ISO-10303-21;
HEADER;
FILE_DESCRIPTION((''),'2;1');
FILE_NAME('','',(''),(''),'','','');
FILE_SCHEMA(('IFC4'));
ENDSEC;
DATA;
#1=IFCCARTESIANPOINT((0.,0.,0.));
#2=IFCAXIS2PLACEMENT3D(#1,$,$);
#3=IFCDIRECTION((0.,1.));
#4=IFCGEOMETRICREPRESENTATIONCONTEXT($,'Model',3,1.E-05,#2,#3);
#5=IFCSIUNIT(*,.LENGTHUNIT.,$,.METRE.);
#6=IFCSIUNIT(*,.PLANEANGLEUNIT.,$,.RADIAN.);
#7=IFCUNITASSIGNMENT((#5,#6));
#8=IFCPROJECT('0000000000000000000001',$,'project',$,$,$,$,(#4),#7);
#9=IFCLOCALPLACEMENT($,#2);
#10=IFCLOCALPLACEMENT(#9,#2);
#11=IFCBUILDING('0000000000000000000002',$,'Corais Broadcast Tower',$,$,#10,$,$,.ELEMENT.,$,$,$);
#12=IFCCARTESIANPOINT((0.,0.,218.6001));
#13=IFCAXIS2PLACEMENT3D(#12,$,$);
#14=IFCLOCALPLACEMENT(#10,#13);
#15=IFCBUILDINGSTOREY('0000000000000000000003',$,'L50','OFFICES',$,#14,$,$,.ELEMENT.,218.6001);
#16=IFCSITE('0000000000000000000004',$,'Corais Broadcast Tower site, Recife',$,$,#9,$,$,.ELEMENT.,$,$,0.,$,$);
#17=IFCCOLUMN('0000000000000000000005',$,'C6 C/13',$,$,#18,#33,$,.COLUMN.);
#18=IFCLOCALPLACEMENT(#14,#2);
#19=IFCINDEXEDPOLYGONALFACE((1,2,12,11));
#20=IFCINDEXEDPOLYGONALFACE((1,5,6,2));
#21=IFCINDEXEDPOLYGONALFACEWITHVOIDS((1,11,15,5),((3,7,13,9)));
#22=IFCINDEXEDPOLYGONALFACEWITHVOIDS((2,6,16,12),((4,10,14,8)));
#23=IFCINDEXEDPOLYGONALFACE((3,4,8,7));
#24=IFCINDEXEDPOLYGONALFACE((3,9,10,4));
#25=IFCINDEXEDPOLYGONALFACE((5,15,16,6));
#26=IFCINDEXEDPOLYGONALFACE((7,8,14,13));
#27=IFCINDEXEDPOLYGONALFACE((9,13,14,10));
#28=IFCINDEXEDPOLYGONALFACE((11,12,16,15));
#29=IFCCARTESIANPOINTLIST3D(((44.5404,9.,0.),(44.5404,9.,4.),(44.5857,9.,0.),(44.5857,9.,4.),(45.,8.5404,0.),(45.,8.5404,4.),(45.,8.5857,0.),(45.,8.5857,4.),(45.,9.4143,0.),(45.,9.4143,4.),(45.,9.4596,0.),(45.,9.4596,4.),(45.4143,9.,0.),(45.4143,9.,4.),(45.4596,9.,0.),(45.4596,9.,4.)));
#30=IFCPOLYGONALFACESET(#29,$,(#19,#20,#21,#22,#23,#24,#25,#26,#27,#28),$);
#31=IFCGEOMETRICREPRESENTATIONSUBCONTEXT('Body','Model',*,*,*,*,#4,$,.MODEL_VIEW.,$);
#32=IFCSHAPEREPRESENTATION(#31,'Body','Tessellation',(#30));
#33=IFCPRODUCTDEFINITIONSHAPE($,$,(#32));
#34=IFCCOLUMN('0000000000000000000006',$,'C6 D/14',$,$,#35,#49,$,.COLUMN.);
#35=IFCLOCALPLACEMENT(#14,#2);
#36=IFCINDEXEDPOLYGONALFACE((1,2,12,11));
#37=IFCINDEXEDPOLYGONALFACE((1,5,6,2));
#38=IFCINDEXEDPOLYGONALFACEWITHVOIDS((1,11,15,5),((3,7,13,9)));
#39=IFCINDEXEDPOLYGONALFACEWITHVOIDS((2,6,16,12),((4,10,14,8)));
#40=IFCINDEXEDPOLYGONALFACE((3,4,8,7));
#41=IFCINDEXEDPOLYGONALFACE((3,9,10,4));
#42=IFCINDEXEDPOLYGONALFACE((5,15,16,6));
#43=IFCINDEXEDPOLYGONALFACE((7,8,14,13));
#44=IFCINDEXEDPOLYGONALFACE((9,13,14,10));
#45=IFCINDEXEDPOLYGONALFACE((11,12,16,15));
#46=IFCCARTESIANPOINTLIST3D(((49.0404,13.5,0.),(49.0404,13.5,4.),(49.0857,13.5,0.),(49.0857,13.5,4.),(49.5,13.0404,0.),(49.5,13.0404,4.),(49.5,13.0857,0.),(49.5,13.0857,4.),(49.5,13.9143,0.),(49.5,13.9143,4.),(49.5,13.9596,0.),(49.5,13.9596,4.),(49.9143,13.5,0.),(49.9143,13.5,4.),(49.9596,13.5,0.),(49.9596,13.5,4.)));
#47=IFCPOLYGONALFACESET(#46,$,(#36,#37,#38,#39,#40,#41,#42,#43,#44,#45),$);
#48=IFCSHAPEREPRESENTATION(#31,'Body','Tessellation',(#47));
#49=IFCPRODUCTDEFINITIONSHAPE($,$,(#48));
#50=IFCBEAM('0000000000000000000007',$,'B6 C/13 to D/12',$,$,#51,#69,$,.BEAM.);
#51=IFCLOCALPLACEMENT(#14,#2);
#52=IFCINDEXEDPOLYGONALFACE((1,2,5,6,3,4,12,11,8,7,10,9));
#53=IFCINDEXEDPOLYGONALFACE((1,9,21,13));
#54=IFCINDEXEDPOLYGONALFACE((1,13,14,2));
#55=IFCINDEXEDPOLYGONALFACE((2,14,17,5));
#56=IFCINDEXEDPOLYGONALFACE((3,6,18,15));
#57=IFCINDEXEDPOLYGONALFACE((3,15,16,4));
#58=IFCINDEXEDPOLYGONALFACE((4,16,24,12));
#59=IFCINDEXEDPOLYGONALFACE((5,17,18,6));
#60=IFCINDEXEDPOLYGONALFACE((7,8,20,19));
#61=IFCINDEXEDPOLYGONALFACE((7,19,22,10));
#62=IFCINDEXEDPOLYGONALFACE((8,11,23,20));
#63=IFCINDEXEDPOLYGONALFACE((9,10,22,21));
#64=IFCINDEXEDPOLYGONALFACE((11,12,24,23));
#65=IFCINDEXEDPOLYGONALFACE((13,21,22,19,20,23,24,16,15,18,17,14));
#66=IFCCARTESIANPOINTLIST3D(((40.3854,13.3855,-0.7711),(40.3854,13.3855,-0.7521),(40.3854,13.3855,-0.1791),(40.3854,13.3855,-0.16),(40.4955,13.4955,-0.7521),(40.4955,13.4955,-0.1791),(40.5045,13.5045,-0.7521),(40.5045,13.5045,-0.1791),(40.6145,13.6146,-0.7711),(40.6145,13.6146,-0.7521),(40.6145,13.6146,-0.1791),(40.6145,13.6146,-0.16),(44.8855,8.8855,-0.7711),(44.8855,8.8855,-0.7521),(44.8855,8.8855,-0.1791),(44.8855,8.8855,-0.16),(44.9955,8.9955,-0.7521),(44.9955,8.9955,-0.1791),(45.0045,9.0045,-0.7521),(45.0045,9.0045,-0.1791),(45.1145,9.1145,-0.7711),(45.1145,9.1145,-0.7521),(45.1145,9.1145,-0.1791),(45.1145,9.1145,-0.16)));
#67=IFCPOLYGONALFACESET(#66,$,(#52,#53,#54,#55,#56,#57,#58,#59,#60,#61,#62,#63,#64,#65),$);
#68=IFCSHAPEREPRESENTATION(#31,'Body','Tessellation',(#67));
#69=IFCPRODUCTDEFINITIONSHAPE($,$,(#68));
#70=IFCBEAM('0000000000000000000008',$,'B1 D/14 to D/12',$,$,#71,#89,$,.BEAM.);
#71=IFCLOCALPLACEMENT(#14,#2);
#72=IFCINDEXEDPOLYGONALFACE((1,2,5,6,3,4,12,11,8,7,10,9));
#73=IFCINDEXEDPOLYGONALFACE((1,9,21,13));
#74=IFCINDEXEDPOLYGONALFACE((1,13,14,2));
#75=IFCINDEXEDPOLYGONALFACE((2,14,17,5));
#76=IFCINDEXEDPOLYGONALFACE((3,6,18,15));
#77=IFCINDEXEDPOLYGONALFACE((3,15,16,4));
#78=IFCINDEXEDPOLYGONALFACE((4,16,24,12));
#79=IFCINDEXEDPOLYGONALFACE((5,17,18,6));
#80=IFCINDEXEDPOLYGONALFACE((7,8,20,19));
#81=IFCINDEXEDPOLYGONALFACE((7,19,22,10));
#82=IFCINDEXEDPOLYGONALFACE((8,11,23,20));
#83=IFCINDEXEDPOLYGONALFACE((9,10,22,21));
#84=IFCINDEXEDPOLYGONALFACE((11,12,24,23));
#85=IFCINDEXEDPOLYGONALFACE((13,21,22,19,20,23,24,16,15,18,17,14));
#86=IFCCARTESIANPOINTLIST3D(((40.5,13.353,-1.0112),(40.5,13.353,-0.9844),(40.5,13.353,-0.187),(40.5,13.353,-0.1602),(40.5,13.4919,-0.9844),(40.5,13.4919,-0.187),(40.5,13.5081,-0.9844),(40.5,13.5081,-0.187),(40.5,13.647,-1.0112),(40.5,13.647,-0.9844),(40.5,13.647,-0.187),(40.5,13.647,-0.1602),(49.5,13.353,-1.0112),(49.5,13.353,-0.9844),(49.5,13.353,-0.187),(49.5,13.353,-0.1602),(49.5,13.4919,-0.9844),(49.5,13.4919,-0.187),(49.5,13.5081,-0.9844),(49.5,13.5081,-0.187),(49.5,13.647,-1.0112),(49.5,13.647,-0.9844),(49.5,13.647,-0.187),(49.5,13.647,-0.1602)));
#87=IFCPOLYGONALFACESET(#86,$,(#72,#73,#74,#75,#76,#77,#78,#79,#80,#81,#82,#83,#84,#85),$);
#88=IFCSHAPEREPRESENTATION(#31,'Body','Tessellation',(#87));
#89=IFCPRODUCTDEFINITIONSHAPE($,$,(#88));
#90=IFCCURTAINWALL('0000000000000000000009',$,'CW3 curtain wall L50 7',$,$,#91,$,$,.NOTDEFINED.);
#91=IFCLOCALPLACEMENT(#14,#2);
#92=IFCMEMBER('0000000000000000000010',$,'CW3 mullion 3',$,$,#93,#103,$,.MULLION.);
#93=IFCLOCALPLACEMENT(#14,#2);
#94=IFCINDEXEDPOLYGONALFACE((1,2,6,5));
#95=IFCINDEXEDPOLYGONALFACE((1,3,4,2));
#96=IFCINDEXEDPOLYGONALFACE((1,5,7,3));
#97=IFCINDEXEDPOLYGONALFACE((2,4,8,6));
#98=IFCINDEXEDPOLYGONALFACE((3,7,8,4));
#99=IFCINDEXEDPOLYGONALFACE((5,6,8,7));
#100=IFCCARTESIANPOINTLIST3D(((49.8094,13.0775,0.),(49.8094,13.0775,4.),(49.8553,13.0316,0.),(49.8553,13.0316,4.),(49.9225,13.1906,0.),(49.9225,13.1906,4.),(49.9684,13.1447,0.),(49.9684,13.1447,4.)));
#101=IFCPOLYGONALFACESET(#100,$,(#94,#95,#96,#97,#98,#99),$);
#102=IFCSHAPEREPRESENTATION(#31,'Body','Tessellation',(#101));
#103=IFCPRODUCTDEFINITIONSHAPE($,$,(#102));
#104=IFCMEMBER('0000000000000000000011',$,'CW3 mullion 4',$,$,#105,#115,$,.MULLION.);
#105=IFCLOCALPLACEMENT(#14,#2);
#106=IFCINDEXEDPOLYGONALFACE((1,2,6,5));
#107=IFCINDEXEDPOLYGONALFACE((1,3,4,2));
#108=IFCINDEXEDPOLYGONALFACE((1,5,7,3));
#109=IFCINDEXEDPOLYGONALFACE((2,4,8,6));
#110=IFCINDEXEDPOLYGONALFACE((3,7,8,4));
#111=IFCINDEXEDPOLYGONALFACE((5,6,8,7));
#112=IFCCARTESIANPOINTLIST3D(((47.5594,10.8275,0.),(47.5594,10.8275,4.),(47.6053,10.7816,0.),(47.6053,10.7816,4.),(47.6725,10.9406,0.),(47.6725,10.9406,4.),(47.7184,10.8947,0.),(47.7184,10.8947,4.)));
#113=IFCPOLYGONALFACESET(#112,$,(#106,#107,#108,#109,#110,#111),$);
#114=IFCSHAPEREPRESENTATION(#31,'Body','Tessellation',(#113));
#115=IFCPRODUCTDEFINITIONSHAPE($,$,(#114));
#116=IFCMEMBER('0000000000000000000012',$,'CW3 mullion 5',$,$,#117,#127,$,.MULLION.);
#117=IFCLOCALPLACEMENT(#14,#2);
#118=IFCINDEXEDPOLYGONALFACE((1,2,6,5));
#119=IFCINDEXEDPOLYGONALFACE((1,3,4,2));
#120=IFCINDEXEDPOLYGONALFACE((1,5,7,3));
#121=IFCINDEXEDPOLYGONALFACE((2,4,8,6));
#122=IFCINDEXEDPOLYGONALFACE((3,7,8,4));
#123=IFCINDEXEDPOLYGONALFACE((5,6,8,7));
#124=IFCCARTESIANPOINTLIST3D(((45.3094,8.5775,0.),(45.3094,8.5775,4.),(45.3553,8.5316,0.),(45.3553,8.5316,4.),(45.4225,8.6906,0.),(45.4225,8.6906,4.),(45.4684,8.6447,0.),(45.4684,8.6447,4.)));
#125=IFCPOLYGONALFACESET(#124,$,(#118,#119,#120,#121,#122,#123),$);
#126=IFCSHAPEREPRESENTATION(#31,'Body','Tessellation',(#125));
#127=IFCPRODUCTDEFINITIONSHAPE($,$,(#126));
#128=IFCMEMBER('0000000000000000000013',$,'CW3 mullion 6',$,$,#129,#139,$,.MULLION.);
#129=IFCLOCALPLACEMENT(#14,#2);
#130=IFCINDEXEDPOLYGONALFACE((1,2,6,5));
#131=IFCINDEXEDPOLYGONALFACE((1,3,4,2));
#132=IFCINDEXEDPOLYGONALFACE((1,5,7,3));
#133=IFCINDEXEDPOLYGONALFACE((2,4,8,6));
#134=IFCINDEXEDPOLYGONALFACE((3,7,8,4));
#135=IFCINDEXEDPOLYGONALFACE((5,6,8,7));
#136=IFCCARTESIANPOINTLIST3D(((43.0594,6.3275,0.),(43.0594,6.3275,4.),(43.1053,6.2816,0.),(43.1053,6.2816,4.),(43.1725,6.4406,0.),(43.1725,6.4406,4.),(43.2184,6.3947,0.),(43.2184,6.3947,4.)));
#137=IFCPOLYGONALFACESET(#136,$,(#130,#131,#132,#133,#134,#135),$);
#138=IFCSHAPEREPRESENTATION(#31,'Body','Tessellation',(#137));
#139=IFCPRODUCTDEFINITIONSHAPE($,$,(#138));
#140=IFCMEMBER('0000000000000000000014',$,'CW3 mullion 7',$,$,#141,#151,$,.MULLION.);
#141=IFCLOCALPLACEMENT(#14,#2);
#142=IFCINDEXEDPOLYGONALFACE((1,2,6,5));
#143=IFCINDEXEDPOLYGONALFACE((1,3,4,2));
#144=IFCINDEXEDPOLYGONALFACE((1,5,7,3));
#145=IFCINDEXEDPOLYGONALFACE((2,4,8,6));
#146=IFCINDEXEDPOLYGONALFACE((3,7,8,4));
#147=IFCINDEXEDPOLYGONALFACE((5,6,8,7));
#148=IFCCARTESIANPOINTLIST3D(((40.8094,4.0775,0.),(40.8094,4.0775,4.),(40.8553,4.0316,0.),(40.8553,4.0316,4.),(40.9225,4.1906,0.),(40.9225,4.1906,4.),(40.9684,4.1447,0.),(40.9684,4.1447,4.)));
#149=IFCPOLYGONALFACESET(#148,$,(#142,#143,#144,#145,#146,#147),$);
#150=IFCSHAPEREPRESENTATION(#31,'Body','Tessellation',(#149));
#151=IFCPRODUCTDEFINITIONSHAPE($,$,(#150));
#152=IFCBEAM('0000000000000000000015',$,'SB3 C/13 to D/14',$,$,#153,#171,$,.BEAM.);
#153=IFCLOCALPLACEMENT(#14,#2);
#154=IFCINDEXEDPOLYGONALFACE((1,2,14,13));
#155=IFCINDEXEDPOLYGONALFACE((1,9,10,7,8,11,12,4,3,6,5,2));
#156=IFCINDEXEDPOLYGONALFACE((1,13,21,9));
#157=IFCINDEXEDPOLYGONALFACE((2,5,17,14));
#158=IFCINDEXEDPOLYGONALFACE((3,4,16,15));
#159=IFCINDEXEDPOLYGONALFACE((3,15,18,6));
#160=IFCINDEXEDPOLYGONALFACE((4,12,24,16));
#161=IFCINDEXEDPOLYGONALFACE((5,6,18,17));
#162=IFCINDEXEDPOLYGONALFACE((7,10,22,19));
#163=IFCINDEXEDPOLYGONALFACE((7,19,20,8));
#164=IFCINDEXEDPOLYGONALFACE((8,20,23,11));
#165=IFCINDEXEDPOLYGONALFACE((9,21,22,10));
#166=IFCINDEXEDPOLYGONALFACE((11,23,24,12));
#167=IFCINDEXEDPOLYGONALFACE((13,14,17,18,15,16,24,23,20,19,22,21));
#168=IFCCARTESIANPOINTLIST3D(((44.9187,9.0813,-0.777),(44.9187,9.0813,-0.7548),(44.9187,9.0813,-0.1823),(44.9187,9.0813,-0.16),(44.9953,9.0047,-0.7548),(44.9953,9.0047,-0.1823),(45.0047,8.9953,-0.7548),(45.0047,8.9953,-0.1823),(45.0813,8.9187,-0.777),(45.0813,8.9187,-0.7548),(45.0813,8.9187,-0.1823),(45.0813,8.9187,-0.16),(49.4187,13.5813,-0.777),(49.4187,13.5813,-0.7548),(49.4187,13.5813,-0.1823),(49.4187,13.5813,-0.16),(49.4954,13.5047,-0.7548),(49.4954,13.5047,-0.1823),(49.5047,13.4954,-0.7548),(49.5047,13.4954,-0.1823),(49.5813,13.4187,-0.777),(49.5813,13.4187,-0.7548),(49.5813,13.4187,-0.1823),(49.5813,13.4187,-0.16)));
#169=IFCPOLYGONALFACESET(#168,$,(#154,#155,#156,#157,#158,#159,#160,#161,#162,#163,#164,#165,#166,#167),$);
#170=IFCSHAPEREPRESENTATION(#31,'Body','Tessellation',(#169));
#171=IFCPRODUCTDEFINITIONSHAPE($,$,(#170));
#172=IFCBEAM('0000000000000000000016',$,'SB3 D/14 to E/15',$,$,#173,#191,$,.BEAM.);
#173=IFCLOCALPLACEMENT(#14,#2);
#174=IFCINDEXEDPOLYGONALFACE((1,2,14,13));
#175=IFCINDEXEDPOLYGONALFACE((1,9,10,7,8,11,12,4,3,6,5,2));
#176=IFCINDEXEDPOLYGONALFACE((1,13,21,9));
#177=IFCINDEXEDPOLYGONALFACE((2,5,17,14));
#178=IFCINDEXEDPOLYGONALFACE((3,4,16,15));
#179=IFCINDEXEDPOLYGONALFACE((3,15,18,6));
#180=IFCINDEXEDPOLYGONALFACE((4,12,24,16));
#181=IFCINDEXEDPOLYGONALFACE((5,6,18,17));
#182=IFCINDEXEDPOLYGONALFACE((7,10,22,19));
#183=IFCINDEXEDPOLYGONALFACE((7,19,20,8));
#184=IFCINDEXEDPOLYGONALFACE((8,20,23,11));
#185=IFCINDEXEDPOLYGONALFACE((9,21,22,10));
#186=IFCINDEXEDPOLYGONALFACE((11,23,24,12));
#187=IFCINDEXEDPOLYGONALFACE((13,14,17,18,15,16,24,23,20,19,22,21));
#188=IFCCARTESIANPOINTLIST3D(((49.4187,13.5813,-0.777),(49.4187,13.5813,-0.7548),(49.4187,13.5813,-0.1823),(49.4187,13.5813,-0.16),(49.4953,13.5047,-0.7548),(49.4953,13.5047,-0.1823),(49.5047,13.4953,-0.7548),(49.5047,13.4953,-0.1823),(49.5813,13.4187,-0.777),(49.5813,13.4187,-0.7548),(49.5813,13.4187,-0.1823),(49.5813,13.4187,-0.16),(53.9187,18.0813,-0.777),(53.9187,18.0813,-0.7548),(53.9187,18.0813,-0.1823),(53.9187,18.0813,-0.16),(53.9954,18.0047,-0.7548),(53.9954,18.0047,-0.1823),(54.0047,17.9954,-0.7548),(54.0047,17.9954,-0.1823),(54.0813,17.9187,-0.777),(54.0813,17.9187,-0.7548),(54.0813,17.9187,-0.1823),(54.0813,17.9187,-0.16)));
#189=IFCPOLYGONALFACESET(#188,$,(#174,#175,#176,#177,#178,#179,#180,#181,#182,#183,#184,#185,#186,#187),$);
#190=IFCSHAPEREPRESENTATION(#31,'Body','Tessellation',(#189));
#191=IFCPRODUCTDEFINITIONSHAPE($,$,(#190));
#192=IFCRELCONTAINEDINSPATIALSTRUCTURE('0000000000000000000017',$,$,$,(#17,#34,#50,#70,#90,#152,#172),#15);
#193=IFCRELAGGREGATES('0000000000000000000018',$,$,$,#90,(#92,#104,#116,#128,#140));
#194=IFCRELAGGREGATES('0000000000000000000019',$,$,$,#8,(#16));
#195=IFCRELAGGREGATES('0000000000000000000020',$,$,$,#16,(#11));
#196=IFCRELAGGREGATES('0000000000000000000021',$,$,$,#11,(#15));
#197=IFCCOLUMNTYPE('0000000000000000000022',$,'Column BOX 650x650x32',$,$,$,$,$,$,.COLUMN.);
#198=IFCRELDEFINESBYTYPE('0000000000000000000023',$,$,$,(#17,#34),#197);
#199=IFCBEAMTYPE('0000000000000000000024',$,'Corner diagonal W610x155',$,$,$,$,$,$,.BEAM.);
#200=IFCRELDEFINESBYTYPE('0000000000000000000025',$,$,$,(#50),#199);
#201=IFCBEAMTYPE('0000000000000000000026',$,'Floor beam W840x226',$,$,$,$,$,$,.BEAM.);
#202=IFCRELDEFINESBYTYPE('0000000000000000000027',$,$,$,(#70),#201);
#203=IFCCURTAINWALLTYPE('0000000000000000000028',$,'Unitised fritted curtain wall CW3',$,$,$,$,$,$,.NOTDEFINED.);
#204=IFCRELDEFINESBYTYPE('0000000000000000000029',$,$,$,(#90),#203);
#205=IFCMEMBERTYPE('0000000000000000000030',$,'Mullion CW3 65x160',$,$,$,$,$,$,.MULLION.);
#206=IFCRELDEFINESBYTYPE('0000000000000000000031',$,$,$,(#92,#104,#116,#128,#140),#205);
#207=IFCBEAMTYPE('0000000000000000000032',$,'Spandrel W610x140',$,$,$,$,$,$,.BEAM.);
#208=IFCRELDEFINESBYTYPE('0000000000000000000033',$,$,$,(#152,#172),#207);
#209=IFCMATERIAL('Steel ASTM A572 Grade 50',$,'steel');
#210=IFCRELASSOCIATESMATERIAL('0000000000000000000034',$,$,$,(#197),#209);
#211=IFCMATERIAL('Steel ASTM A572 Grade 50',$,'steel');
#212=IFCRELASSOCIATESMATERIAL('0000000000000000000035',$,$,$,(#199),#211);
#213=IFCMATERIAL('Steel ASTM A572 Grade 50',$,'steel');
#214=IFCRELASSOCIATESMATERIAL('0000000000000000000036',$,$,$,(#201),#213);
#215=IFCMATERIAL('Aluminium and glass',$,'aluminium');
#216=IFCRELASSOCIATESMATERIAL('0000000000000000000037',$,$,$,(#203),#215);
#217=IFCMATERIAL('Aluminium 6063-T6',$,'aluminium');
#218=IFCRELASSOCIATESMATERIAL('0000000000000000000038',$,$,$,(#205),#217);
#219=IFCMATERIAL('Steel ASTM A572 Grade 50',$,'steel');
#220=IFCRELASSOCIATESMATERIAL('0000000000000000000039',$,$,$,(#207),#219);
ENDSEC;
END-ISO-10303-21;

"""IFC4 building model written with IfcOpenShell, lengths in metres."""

from ifc_helpers import new_model, si_unit, direction, frame, origin, origin_2d, place, context, subcontext, project, spatial, rectangle, hollow_rectangle, i_section, extrude, material, material_profile, profile_set, type_object, element, aggregate, save


model = new_model("IFC4")

# Units and contexts
model_context = context("Model", 3, precision=1e-05, world=origin(), true_north=direction((0.0, 1.0)))
body_context = subcontext(model_context, "Body", "Model", "MODEL_VIEW")
ifc_project = project(units=[si_unit("LENGTHUNIT", "METRE"), si_unit("PLANEANGLEUNIT", "RADIAN")], contexts=[model_context])

# Site, building, storey
site_placement = place(None, origin())
site = spatial("IfcSite", under=ifc_project, at=site_placement, Name="Corais Broadcast Tower site, Recife", CompositionType="ELEMENT", RefElevation=0.0)
building_placement = place(site_placement, origin())
building = spatial("IfcBuilding", under=site, at=building_placement, Name="Corais Broadcast Tower", CompositionType="ELEMENT")
storey_placement = place(building_placement, frame((0.0, 0.0, 218.6001)))
storey = spatial("IfcBuildingStorey", under=building, at=storey_placement, Name="L50", Description="OFFICES", CompositionType="ELEMENT", Elevation=218.6001)

# Columns
ifc_material_1 = material(Name="Steel ASTM A572 Grade 50", Category="steel")
ifc_material_profile_1 = material_profile(ifc_material_1, hollow_rectangle(XDim=0.6499, YDim=0.6499, WallThickness=0.032, at=origin_2d()), Name="BOX 650x650x32")
ifc_profile_set_1 = profile_set([ifc_material_profile_1], Name="Steel ASTM A572 Grade 50")
column_type = type_object("IfcColumnType", Name="Column BOX 650x650x32", PredefinedType="COLUMN", material=ifc_profile_set_1)
for number, where, z_axis, x_axis, name in (
    (1, (45.0, 9.0, 0.0), (0.0, 0.0, 1.0), (0.707107, 0.707107, 0.0), "C6 C/13"),
    (2, (49.5, 13.5, 0.0), (0.0, 0.0, 1.0), (0.707107, 0.707107, 0.0), "C6 D/14"),
):
    element("IfcColumn", number, at=place(storey_placement, frame(where, z_axis=z_axis, x_axis=x_axis)), inside=storey, type_object=column_type, Name=name, PredefinedType="COLUMN", context=body_context, shape_type="SweptSolid", body=[
        extrude(hollow_rectangle(XDim=0.6499, YDim=0.6499, WallThickness=0.032, at=origin_2d()), origin(), (0.0, 0.0, 1.0), 4.0),
    ])

# Beams
ifc_material_2 = material(Name="Steel ASTM A572 Grade 50", Category="steel")
ifc_material_profile_2 = material_profile(ifc_material_2, i_section(OverallWidth=0.324, OverallDepth=0.6111, WebThickness=0.0127, FlangeThickness=0.019, at=origin_2d()), Name="W610x155")
ifc_profile_set_2 = profile_set([ifc_material_profile_2], Name="Steel ASTM A572 Grade 50")
beam_type_1 = type_object("IfcBeamType", Name="Corner diagonal W610x155", PredefinedType="BEAM", material=ifc_profile_set_2)
beam_1_placement = place(storey_placement, frame((45.0, 9.0, -0.4656), z_axis=(-0.707107, 0.707107, 0.0), x_axis=(-0.707107, -0.707107, 0.0)))
element("IfcBeam", 3, at=beam_1_placement, inside=storey, type_object=beam_type_1, Name="B6 C/13 to D/12", PredefinedType="BEAM", context=body_context, shape_type="SweptSolid", body=[
    extrude(i_section(OverallWidth=0.324, OverallDepth=0.6111, WebThickness=0.0127, FlangeThickness=0.019, at=origin_2d()), origin(), (0.0, 0.0, 1.0), 6.364),
])
ifc_material_3 = material(Name="Steel ASTM A572 Grade 50", Category="steel")
ifc_material_profile_3 = material_profile(ifc_material_3, i_section(OverallWidth=0.2939, OverallDepth=0.8511, WebThickness=0.0161, FlangeThickness=0.0269, at=origin_2d()), Name="W840x226")
ifc_profile_set_3 = profile_set([ifc_material_profile_3], Name="Steel ASTM A572 Grade 50")
beam_type_2 = type_object("IfcBeamType", Name="Floor beam W840x226", PredefinedType="BEAM", material=ifc_profile_set_3)
beam_2_placement = place(storey_placement, frame((49.5, 13.5, -0.5857), z_axis=(-1.0, 0.0, 0.0), x_axis=(0.0, -1.0, 0.0)))
element("IfcBeam", 4, at=beam_2_placement, inside=storey, type_object=beam_type_2, Name="B1 D/14 to D/12", PredefinedType="BEAM", context=body_context, shape_type="SweptSolid", body=[
    extrude(i_section(OverallWidth=0.2939, OverallDepth=0.8511, WebThickness=0.0161, FlangeThickness=0.0269, at=origin_2d()), origin(), (0.0, 0.0, 1.0), 9.0),
])

# Curtain wall, members
ifc_material_4 = material(Name="Aluminium and glass", Category="aluminium")
curtain_wall_type = type_object("IfcCurtainWallType", Name="Unitised fritted curtain wall CW3", PredefinedType="NOTDEFINED", material=ifc_material_4)
curtain_wall_placement = place(storey_placement, origin())
curtain_wall = element("IfcCurtainWall", 5, at=curtain_wall_placement, inside=storey, type_object=curtain_wall_type, Name="CW3 curtain wall L50 7", PredefinedType="NOTDEFINED")
ifc_material_5 = material(Name="Aluminium 6063-T6", Category="aluminium")
ifc_material_profile_4 = material_profile(ifc_material_5, rectangle(XDim=0.0649, YDim=0.1599, at=origin_2d()), Name="Mullion CW3 65x160")
ifc_profile_set_4 = profile_set([ifc_material_profile_4], Name="Aluminium 6063-T6")
member_type_1 = type_object("IfcMemberType", Name="Mullion CW3 65x160", PredefinedType="MULLION", material=ifc_profile_set_4)
member_1_placement = place(storey_placement, frame((49.8889, 13.1111, 0.0), z_axis=(0.0, 0.0, 1.0), x_axis=(0.707107, -0.707107, 0.0)))
member_1 = element("IfcMember", 6, at=member_1_placement, type_object=member_type_1, Name="CW3 mullion 3", PredefinedType="MULLION", context=body_context, shape_type="SweptSolid", body=[
    extrude(rectangle(XDim=0.0649, YDim=0.1599, at=origin_2d()), origin(), (0.0, 0.0, 1.0), 4.0),
])
member_2_placement = place(storey_placement, frame((47.6389, 10.8611, 0.0), z_axis=(0.0, 0.0, 1.0), x_axis=(0.707107, -0.707107, 0.0)))
member_2 = element("IfcMember", 7, at=member_2_placement, type_object=member_type_1, Name="CW3 mullion 4", PredefinedType="MULLION", context=body_context, shape_type="SweptSolid", body=[
    extrude(rectangle(XDim=0.0649, YDim=0.1599, at=origin_2d()), origin(), (0.0, 0.0, 1.0), 4.0),
])
member_3_placement = place(storey_placement, frame((45.3889, 8.6111, 0.0), z_axis=(0.0, 0.0, 1.0), x_axis=(0.707107, -0.707107, 0.0)))
member_3 = element("IfcMember", 8, at=member_3_placement, type_object=member_type_1, Name="CW3 mullion 5", PredefinedType="MULLION", context=body_context, shape_type="SweptSolid", body=[
    extrude(rectangle(XDim=0.0649, YDim=0.1599, at=origin_2d()), origin(), (0.0, 0.0, 1.0), 4.0),
])
member_4_placement = place(storey_placement, frame((43.1389, 6.3611, 0.0), z_axis=(0.0, 0.0, 1.0), x_axis=(0.707107, -0.707107, 0.0)))
member_4 = element("IfcMember", 9, at=member_4_placement, type_object=member_type_1, Name="CW3 mullion 6", PredefinedType="MULLION", context=body_context, shape_type="SweptSolid", body=[
    extrude(rectangle(XDim=0.0649, YDim=0.1599, at=origin_2d()), origin(), (0.0, 0.0, 1.0), 4.0),
])
member_5_placement = place(storey_placement, frame((40.8889, 4.1111, 0.0), z_axis=(0.0, 0.0, 1.0), x_axis=(0.707107, -0.707107, 0.0)))
member_5 = element("IfcMember", 10, at=member_5_placement, type_object=member_type_1, Name="CW3 mullion 7", PredefinedType="MULLION", context=body_context, shape_type="SweptSolid", body=[
    extrude(rectangle(XDim=0.0649, YDim=0.1599, at=origin_2d()), origin(), (0.0, 0.0, 1.0), 4.0),
])

# Beams
ifc_material_6 = material(Name="Steel ASTM A572 Grade 50", Category="steel")
ifc_material_profile_5 = material_profile(ifc_material_6, i_section(OverallWidth=0.23, OverallDepth=0.6169, WebThickness=0.0132, FlangeThickness=0.0222, at=origin_2d()), Name="W610x140")
ifc_profile_set_5 = profile_set([ifc_material_profile_5], Name="Steel ASTM A572 Grade 50")
beam_type_3 = type_object("IfcBeamType", Name="Spandrel W610x140", PredefinedType="BEAM", material=ifc_profile_set_5)
for number, where, z_axis, x_axis, name in (
    (11, (45.0, 9.0, -0.4685), (0.707107, 0.707107, 0.0), (-0.707107, 0.707107, 0.0), "SB3 C/13 to D/14"),
    (12, (49.5, 13.5, -0.4685), (0.707107, 0.707107, 0.0), (-0.707107, 0.707107, 0.0), "SB3 D/14 to E/15"),
):
    element("IfcBeam", number, at=place(storey_placement, frame(where, z_axis=z_axis, x_axis=x_axis)), inside=storey, type_object=beam_type_3, Name=name, PredefinedType="BEAM", context=body_context, shape_type="SweptSolid", body=[
        extrude(i_section(OverallWidth=0.23, OverallDepth=0.6169, WebThickness=0.0132, FlangeThickness=0.0222, at=origin_2d()), origin(), (0.0, 0.0, 1.0), 6.364),
    ])

aggregate(curtain_wall, [member_1, member_2, member_3, member_4, member_5])

save(model, "model.ifc")
